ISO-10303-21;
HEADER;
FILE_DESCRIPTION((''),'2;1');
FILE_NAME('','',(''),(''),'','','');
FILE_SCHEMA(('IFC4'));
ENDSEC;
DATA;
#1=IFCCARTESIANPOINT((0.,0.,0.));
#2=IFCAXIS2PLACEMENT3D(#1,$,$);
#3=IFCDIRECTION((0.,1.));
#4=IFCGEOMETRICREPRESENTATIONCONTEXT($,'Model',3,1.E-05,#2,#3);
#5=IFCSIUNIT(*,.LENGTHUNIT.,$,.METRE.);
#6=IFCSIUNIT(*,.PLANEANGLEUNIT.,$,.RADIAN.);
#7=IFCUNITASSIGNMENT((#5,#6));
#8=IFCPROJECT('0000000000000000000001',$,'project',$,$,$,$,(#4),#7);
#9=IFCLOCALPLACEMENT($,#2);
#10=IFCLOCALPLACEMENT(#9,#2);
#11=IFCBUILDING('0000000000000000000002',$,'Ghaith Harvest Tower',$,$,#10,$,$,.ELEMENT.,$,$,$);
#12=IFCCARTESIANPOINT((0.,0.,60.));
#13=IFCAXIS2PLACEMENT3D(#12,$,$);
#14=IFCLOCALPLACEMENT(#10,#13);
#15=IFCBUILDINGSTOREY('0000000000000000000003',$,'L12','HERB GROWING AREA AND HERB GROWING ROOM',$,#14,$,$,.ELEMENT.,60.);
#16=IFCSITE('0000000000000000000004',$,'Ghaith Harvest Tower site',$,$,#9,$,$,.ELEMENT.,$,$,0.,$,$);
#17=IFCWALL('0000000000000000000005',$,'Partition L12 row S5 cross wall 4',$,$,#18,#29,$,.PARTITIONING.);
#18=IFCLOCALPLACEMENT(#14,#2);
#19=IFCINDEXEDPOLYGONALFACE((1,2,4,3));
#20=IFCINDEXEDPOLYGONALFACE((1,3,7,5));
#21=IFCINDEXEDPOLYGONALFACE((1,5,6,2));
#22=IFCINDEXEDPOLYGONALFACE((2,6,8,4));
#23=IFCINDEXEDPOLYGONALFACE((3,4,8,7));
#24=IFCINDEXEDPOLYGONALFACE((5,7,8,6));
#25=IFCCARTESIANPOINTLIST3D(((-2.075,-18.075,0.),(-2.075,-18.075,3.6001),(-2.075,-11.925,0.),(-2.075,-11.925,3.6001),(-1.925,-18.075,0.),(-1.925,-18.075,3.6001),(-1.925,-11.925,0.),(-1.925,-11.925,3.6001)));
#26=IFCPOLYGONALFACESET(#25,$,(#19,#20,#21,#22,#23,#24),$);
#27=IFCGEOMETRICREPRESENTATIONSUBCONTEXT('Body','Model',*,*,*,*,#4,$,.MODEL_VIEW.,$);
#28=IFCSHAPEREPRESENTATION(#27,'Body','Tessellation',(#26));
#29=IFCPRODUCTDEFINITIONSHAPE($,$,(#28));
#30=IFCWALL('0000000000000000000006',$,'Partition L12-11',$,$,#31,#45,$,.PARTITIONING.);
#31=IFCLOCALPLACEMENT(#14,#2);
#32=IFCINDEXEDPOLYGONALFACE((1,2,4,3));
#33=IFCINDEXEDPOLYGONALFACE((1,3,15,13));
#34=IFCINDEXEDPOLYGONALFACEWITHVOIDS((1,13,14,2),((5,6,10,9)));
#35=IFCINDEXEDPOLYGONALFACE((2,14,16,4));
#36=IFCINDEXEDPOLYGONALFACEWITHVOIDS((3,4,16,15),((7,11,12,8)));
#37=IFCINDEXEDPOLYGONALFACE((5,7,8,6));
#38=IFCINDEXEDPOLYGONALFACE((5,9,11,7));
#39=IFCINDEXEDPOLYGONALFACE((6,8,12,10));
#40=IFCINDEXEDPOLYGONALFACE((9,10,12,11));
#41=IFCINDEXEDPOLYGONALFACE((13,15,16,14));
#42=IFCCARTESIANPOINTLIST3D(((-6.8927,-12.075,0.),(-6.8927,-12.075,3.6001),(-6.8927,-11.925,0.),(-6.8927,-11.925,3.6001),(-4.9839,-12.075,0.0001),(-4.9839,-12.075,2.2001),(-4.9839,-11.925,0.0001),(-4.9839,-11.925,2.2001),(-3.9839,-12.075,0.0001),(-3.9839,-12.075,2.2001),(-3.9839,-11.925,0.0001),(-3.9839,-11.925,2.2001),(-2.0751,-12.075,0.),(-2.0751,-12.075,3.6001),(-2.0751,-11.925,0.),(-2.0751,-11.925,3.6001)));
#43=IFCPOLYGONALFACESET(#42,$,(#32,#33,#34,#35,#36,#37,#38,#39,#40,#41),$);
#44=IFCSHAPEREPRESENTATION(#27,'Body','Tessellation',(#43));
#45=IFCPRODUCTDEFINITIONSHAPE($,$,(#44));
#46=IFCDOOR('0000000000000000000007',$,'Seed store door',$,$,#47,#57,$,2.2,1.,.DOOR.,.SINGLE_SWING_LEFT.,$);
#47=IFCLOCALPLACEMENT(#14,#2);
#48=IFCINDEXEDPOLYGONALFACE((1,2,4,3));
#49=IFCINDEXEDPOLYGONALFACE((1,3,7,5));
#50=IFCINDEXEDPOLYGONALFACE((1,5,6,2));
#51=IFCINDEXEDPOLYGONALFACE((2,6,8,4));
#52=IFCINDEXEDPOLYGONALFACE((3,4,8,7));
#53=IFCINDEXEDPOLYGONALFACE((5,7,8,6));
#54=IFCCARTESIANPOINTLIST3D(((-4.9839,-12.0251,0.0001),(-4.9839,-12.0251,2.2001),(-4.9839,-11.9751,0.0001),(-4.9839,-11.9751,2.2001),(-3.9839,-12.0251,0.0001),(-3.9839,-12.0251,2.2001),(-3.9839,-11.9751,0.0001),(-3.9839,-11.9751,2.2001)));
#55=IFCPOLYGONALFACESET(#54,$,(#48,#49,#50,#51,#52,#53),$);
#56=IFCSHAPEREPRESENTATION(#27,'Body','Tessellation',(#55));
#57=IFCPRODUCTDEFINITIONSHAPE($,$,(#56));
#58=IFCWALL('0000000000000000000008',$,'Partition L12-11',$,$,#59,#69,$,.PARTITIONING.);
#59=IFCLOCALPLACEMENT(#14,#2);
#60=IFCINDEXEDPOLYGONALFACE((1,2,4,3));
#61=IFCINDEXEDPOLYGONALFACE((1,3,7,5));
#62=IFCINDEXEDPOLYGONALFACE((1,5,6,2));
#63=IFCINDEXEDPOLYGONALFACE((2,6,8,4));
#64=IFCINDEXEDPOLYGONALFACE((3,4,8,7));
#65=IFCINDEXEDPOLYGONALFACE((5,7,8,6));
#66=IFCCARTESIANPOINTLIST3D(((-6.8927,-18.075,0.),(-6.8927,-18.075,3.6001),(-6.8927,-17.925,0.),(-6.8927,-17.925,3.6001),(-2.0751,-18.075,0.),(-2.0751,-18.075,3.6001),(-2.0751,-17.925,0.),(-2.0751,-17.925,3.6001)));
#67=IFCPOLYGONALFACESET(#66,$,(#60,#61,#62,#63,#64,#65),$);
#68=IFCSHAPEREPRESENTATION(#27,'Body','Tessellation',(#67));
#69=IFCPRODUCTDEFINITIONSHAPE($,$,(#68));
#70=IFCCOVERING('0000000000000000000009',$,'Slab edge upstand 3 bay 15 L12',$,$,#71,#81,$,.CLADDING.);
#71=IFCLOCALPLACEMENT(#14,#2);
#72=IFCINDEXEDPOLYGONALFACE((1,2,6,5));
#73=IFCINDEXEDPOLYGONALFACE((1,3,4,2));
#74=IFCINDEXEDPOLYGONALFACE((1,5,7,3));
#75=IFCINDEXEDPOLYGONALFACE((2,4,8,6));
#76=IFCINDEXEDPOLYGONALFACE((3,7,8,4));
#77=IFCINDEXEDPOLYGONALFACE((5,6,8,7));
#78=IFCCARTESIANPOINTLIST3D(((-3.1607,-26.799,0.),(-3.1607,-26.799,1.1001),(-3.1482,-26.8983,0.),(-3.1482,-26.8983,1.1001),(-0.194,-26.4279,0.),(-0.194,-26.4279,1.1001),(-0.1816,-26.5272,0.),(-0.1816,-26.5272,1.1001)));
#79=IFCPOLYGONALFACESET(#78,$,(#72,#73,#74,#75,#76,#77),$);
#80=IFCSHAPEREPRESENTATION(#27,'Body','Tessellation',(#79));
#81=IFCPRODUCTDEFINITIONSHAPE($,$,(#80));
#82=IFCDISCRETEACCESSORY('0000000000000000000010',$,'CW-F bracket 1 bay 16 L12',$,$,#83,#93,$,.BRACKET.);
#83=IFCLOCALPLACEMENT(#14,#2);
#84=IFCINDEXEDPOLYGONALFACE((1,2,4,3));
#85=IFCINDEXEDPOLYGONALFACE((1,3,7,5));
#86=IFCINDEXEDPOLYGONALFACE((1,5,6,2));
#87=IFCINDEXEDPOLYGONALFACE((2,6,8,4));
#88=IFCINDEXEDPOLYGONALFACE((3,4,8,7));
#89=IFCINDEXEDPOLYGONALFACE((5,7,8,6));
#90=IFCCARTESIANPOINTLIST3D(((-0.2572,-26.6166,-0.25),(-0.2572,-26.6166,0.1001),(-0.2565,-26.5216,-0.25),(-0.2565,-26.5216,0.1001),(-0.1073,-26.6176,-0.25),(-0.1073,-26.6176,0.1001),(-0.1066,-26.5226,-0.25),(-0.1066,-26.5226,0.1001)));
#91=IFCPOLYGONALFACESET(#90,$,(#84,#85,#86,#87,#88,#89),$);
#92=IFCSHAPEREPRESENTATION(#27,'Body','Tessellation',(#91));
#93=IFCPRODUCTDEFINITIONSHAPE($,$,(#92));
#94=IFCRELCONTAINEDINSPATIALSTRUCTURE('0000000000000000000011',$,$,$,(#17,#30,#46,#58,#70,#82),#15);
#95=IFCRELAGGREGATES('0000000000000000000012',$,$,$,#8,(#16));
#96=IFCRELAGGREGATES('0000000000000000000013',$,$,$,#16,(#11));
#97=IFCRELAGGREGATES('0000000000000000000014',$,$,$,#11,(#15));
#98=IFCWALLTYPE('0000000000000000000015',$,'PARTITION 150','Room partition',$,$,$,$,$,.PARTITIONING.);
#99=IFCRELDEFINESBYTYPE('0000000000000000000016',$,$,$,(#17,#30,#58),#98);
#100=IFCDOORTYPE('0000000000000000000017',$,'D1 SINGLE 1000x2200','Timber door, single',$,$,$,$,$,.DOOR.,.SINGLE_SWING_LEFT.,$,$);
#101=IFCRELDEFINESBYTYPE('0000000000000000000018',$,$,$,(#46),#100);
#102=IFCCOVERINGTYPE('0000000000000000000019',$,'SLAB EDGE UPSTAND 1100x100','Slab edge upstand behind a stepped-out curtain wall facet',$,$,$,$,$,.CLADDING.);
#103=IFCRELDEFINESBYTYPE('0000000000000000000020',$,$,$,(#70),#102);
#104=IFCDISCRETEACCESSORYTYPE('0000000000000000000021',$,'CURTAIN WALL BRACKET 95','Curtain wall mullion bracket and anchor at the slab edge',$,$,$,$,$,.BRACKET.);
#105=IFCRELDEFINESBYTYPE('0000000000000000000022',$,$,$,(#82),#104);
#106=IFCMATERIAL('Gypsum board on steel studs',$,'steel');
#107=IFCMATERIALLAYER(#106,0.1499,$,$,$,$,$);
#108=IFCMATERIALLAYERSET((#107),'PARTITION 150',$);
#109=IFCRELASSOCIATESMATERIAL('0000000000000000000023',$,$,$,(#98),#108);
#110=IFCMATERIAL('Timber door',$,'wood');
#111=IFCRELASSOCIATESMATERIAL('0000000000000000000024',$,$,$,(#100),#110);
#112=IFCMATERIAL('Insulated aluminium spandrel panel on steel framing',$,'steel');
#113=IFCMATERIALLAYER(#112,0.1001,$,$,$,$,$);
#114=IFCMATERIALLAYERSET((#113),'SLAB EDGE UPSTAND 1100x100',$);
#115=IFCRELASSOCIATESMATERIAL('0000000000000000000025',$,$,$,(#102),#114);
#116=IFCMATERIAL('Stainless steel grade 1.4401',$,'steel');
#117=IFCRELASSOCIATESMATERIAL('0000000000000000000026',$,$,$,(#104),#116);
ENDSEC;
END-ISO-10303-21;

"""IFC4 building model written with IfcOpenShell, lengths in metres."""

from ifc_helpers import new_model, si_unit, direction, frame, frame_2d, origin, origin_2d, place, context, subcontext, project, spatial, rectangle, extrude, material, layer, layer_set, type_object, element, fill, save


model = new_model("IFC4")

# Units and contexts
model_context = context("Model", 3, precision=1e-05, world=origin(), true_north=direction((0.0, 1.0)))
body_context = subcontext(model_context, "Body", "Model", "MODEL_VIEW")
ifc_project = project(units=[si_unit("LENGTHUNIT", "METRE"), si_unit("PLANEANGLEUNIT", "RADIAN")], contexts=[model_context])

# Site, building, storey
site_placement = place(None, origin())
site = spatial("IfcSite", under=ifc_project, at=site_placement, Name="Ghaith Harvest Tower site", CompositionType="ELEMENT", RefElevation=0.0)
building_placement = place(site_placement, origin())
building = spatial("IfcBuilding", under=site, at=building_placement, Name="Ghaith Harvest Tower", CompositionType="ELEMENT")
storey_placement = place(building_placement, frame((0.0, 0.0, 60.0)))
storey = spatial("IfcBuildingStorey", under=building, at=storey_placement, Name="L12", Description="HERB GROWING AREA AND HERB GROWING ROOM", CompositionType="ELEMENT", Elevation=60.0)

# Wall
ifc_material_1 = material(Name="Gypsum board on steel studs", Category="steel")
ifc_layer_1 = layer(ifc_material_1, 0.1499)
ifc_layer_set_1 = layer_set([ifc_layer_1], Name="PARTITION 150")
wall_type_1 = type_object("IfcWallType", Name="PARTITION 150", Description="Room partition", PredefinedType="PARTITIONING", material=ifc_layer_set_1)
wall_1_placement = place(storey_placement, frame((-2.0, -11.925, 0.0), z_axis=(0.0, 0.0, 1.0), x_axis=(0.0, -1.0, 0.0)))
element("IfcWall", 1, at=wall_1_placement, inside=storey, type_object=wall_type_1, Name="Partition L12 row S5 cross wall 4", PredefinedType="PARTITIONING", context=body_context, shape_type="SweptSolid", body=[
    extrude(rectangle(XDim=6.1499, YDim=0.1499, at=frame_2d((3.075, 0.0))), origin(), (0.0, 0.0, 1.0), 3.6001),
])

# Wall, opening, door
wall_2_placement = place(storey_placement, frame((-6.8926, -12.0, 0.0), z_axis=(0.0, 0.0, 1.0), x_axis=(1.0, 0.0, 0.0)))
wall_2 = element("IfcWall", 2, at=wall_2_placement, inside=storey, type_object=wall_type_1, Name="Partition L12-11", PredefinedType="PARTITIONING", context=body_context, shape_type="SweptSolid", body=[
    extrude(rectangle(XDim=4.8176, YDim=0.1499, at=frame_2d((2.4087, 0.0))), origin(), (0.0, 0.0, 1.0), 3.6001),
])
opening_1_placement = place(wall_2_placement, frame((1.9087, 0.0, 0.0)))
opening_1 = element("IfcOpeningElement", 3, at=opening_1_placement, cuts=wall_2, PredefinedType="OPENING", context=body_context, shape_type="SweptSolid", body=[
    extrude(rectangle(XDim=1.0, YDim=2.2, at=frame_2d((0.5, 1.1001))), frame((0.0, 0.085, 0.0), z_axis=(0.0, -1.0, 0.0), x_axis=(1.0, 0.0, 0.0)), (0.0, 0.0, 1.0), 0.1699),
])
ifc_material_2 = material(Name="Timber door", Category="wood")
door_type_1 = type_object("IfcDoorType", Name="D1 SINGLE 1000x2200", Description="Timber door, single", OperationType="SINGLE_SWING_LEFT", PredefinedType="DOOR", material=ifc_material_2)
door_1_placement = place(opening_1_placement, origin())
door_1 = element("IfcDoor", 4, at=door_1_placement, inside=storey, type_object=door_type_1, Name="Seed store door", OperationType="SINGLE_SWING_LEFT", OverallHeight=2.2, OverallWidth=1.0, PredefinedType="DOOR", context=body_context, shape_type="SweptSolid", body=[
    extrude(rectangle(XDim=1.0, YDim=2.2, at=frame_2d((0.5, 1.1001))), frame((0.0, 0.0249, 0.0), z_axis=(0.0, -1.0, 0.0), x_axis=(1.0, 0.0, 0.0)), (0.0, 0.0, 1.0), 0.05),
])
fill(opening_1, door_1)

# Wall
wall_3_placement = place(storey_placement, frame((-6.8926, -18.0, 0.0), z_axis=(0.0, 0.0, 1.0), x_axis=(1.0, 0.0, 0.0)))
element("IfcWall", 5, at=wall_3_placement, inside=storey, type_object=wall_type_1, Name="Partition L12-11", PredefinedType="PARTITIONING", context=body_context, shape_type="SweptSolid", body=[
    extrude(rectangle(XDim=4.8176, YDim=0.1499, at=frame_2d((2.4087, 0.0))), origin(), (0.0, 0.0, 1.0), 3.6001),
])

# Covering
ifc_material_3 = material(Name="Insulated aluminium spandrel panel on steel framing", Category="steel")
ifc_layer_2 = layer(ifc_material_3, 0.1001)
ifc_layer_set_2 = layer_set([ifc_layer_2], Name="SLAB EDGE UPSTAND 1100x100")
covering_type = type_object("IfcCoveringType", Name="SLAB EDGE UPSTAND 1100x100", Description="Slab edge upstand behind a stepped-out curtain wall facet", PredefinedType="CLADDING", material=ifc_layer_set_2)
covering_placement = place(storey_placement, frame((-1.6711, -26.6631, 0.0), z_axis=(0.0, 0.0, 1.0), x_axis=(0.992265, 0.124139, 0.0)))
element("IfcCovering", 6, at=covering_placement, inside=storey, type_object=covering_type, Name="Slab edge upstand 3 bay 15 L12", PredefinedType="CLADDING", context=body_context, shape_type="SweptSolid", body=[
    extrude(rectangle(XDim=2.9897, YDim=0.1001, at=origin_2d()), origin(), (0.0, 0.0, 1.0), 1.1001),
])

# Discrete accessory
ifc_material_4 = material(Name="Stainless steel grade 1.4401", Category="steel")
discrete_accessory_type = type_object("IfcDiscreteAccessoryType", Name="CURTAIN WALL BRACKET 95", Description="Curtain wall mullion bracket and anchor at the slab edge", PredefinedType="BRACKET", material=ifc_material_4)
discrete_accessory_placement = place(storey_placement, frame((-0.1819, -26.5696, -0.25), z_axis=(0.0, 0.0, 1.0), x_axis=(-0.006844, -0.999977, 0.0)))
element("IfcDiscreteAccessory", 7, at=discrete_accessory_placement, inside=storey, type_object=discrete_accessory_type, Name="CW-F bracket 1 bay 16 L12", PredefinedType="BRACKET", context=body_context, shape_type="SweptSolid", body=[
    extrude(rectangle(XDim=0.095, YDim=0.1499, at=origin_2d()), origin(), (0.0, 0.0, 1.0), 0.3501),
])

save(model, "model.ifc")
